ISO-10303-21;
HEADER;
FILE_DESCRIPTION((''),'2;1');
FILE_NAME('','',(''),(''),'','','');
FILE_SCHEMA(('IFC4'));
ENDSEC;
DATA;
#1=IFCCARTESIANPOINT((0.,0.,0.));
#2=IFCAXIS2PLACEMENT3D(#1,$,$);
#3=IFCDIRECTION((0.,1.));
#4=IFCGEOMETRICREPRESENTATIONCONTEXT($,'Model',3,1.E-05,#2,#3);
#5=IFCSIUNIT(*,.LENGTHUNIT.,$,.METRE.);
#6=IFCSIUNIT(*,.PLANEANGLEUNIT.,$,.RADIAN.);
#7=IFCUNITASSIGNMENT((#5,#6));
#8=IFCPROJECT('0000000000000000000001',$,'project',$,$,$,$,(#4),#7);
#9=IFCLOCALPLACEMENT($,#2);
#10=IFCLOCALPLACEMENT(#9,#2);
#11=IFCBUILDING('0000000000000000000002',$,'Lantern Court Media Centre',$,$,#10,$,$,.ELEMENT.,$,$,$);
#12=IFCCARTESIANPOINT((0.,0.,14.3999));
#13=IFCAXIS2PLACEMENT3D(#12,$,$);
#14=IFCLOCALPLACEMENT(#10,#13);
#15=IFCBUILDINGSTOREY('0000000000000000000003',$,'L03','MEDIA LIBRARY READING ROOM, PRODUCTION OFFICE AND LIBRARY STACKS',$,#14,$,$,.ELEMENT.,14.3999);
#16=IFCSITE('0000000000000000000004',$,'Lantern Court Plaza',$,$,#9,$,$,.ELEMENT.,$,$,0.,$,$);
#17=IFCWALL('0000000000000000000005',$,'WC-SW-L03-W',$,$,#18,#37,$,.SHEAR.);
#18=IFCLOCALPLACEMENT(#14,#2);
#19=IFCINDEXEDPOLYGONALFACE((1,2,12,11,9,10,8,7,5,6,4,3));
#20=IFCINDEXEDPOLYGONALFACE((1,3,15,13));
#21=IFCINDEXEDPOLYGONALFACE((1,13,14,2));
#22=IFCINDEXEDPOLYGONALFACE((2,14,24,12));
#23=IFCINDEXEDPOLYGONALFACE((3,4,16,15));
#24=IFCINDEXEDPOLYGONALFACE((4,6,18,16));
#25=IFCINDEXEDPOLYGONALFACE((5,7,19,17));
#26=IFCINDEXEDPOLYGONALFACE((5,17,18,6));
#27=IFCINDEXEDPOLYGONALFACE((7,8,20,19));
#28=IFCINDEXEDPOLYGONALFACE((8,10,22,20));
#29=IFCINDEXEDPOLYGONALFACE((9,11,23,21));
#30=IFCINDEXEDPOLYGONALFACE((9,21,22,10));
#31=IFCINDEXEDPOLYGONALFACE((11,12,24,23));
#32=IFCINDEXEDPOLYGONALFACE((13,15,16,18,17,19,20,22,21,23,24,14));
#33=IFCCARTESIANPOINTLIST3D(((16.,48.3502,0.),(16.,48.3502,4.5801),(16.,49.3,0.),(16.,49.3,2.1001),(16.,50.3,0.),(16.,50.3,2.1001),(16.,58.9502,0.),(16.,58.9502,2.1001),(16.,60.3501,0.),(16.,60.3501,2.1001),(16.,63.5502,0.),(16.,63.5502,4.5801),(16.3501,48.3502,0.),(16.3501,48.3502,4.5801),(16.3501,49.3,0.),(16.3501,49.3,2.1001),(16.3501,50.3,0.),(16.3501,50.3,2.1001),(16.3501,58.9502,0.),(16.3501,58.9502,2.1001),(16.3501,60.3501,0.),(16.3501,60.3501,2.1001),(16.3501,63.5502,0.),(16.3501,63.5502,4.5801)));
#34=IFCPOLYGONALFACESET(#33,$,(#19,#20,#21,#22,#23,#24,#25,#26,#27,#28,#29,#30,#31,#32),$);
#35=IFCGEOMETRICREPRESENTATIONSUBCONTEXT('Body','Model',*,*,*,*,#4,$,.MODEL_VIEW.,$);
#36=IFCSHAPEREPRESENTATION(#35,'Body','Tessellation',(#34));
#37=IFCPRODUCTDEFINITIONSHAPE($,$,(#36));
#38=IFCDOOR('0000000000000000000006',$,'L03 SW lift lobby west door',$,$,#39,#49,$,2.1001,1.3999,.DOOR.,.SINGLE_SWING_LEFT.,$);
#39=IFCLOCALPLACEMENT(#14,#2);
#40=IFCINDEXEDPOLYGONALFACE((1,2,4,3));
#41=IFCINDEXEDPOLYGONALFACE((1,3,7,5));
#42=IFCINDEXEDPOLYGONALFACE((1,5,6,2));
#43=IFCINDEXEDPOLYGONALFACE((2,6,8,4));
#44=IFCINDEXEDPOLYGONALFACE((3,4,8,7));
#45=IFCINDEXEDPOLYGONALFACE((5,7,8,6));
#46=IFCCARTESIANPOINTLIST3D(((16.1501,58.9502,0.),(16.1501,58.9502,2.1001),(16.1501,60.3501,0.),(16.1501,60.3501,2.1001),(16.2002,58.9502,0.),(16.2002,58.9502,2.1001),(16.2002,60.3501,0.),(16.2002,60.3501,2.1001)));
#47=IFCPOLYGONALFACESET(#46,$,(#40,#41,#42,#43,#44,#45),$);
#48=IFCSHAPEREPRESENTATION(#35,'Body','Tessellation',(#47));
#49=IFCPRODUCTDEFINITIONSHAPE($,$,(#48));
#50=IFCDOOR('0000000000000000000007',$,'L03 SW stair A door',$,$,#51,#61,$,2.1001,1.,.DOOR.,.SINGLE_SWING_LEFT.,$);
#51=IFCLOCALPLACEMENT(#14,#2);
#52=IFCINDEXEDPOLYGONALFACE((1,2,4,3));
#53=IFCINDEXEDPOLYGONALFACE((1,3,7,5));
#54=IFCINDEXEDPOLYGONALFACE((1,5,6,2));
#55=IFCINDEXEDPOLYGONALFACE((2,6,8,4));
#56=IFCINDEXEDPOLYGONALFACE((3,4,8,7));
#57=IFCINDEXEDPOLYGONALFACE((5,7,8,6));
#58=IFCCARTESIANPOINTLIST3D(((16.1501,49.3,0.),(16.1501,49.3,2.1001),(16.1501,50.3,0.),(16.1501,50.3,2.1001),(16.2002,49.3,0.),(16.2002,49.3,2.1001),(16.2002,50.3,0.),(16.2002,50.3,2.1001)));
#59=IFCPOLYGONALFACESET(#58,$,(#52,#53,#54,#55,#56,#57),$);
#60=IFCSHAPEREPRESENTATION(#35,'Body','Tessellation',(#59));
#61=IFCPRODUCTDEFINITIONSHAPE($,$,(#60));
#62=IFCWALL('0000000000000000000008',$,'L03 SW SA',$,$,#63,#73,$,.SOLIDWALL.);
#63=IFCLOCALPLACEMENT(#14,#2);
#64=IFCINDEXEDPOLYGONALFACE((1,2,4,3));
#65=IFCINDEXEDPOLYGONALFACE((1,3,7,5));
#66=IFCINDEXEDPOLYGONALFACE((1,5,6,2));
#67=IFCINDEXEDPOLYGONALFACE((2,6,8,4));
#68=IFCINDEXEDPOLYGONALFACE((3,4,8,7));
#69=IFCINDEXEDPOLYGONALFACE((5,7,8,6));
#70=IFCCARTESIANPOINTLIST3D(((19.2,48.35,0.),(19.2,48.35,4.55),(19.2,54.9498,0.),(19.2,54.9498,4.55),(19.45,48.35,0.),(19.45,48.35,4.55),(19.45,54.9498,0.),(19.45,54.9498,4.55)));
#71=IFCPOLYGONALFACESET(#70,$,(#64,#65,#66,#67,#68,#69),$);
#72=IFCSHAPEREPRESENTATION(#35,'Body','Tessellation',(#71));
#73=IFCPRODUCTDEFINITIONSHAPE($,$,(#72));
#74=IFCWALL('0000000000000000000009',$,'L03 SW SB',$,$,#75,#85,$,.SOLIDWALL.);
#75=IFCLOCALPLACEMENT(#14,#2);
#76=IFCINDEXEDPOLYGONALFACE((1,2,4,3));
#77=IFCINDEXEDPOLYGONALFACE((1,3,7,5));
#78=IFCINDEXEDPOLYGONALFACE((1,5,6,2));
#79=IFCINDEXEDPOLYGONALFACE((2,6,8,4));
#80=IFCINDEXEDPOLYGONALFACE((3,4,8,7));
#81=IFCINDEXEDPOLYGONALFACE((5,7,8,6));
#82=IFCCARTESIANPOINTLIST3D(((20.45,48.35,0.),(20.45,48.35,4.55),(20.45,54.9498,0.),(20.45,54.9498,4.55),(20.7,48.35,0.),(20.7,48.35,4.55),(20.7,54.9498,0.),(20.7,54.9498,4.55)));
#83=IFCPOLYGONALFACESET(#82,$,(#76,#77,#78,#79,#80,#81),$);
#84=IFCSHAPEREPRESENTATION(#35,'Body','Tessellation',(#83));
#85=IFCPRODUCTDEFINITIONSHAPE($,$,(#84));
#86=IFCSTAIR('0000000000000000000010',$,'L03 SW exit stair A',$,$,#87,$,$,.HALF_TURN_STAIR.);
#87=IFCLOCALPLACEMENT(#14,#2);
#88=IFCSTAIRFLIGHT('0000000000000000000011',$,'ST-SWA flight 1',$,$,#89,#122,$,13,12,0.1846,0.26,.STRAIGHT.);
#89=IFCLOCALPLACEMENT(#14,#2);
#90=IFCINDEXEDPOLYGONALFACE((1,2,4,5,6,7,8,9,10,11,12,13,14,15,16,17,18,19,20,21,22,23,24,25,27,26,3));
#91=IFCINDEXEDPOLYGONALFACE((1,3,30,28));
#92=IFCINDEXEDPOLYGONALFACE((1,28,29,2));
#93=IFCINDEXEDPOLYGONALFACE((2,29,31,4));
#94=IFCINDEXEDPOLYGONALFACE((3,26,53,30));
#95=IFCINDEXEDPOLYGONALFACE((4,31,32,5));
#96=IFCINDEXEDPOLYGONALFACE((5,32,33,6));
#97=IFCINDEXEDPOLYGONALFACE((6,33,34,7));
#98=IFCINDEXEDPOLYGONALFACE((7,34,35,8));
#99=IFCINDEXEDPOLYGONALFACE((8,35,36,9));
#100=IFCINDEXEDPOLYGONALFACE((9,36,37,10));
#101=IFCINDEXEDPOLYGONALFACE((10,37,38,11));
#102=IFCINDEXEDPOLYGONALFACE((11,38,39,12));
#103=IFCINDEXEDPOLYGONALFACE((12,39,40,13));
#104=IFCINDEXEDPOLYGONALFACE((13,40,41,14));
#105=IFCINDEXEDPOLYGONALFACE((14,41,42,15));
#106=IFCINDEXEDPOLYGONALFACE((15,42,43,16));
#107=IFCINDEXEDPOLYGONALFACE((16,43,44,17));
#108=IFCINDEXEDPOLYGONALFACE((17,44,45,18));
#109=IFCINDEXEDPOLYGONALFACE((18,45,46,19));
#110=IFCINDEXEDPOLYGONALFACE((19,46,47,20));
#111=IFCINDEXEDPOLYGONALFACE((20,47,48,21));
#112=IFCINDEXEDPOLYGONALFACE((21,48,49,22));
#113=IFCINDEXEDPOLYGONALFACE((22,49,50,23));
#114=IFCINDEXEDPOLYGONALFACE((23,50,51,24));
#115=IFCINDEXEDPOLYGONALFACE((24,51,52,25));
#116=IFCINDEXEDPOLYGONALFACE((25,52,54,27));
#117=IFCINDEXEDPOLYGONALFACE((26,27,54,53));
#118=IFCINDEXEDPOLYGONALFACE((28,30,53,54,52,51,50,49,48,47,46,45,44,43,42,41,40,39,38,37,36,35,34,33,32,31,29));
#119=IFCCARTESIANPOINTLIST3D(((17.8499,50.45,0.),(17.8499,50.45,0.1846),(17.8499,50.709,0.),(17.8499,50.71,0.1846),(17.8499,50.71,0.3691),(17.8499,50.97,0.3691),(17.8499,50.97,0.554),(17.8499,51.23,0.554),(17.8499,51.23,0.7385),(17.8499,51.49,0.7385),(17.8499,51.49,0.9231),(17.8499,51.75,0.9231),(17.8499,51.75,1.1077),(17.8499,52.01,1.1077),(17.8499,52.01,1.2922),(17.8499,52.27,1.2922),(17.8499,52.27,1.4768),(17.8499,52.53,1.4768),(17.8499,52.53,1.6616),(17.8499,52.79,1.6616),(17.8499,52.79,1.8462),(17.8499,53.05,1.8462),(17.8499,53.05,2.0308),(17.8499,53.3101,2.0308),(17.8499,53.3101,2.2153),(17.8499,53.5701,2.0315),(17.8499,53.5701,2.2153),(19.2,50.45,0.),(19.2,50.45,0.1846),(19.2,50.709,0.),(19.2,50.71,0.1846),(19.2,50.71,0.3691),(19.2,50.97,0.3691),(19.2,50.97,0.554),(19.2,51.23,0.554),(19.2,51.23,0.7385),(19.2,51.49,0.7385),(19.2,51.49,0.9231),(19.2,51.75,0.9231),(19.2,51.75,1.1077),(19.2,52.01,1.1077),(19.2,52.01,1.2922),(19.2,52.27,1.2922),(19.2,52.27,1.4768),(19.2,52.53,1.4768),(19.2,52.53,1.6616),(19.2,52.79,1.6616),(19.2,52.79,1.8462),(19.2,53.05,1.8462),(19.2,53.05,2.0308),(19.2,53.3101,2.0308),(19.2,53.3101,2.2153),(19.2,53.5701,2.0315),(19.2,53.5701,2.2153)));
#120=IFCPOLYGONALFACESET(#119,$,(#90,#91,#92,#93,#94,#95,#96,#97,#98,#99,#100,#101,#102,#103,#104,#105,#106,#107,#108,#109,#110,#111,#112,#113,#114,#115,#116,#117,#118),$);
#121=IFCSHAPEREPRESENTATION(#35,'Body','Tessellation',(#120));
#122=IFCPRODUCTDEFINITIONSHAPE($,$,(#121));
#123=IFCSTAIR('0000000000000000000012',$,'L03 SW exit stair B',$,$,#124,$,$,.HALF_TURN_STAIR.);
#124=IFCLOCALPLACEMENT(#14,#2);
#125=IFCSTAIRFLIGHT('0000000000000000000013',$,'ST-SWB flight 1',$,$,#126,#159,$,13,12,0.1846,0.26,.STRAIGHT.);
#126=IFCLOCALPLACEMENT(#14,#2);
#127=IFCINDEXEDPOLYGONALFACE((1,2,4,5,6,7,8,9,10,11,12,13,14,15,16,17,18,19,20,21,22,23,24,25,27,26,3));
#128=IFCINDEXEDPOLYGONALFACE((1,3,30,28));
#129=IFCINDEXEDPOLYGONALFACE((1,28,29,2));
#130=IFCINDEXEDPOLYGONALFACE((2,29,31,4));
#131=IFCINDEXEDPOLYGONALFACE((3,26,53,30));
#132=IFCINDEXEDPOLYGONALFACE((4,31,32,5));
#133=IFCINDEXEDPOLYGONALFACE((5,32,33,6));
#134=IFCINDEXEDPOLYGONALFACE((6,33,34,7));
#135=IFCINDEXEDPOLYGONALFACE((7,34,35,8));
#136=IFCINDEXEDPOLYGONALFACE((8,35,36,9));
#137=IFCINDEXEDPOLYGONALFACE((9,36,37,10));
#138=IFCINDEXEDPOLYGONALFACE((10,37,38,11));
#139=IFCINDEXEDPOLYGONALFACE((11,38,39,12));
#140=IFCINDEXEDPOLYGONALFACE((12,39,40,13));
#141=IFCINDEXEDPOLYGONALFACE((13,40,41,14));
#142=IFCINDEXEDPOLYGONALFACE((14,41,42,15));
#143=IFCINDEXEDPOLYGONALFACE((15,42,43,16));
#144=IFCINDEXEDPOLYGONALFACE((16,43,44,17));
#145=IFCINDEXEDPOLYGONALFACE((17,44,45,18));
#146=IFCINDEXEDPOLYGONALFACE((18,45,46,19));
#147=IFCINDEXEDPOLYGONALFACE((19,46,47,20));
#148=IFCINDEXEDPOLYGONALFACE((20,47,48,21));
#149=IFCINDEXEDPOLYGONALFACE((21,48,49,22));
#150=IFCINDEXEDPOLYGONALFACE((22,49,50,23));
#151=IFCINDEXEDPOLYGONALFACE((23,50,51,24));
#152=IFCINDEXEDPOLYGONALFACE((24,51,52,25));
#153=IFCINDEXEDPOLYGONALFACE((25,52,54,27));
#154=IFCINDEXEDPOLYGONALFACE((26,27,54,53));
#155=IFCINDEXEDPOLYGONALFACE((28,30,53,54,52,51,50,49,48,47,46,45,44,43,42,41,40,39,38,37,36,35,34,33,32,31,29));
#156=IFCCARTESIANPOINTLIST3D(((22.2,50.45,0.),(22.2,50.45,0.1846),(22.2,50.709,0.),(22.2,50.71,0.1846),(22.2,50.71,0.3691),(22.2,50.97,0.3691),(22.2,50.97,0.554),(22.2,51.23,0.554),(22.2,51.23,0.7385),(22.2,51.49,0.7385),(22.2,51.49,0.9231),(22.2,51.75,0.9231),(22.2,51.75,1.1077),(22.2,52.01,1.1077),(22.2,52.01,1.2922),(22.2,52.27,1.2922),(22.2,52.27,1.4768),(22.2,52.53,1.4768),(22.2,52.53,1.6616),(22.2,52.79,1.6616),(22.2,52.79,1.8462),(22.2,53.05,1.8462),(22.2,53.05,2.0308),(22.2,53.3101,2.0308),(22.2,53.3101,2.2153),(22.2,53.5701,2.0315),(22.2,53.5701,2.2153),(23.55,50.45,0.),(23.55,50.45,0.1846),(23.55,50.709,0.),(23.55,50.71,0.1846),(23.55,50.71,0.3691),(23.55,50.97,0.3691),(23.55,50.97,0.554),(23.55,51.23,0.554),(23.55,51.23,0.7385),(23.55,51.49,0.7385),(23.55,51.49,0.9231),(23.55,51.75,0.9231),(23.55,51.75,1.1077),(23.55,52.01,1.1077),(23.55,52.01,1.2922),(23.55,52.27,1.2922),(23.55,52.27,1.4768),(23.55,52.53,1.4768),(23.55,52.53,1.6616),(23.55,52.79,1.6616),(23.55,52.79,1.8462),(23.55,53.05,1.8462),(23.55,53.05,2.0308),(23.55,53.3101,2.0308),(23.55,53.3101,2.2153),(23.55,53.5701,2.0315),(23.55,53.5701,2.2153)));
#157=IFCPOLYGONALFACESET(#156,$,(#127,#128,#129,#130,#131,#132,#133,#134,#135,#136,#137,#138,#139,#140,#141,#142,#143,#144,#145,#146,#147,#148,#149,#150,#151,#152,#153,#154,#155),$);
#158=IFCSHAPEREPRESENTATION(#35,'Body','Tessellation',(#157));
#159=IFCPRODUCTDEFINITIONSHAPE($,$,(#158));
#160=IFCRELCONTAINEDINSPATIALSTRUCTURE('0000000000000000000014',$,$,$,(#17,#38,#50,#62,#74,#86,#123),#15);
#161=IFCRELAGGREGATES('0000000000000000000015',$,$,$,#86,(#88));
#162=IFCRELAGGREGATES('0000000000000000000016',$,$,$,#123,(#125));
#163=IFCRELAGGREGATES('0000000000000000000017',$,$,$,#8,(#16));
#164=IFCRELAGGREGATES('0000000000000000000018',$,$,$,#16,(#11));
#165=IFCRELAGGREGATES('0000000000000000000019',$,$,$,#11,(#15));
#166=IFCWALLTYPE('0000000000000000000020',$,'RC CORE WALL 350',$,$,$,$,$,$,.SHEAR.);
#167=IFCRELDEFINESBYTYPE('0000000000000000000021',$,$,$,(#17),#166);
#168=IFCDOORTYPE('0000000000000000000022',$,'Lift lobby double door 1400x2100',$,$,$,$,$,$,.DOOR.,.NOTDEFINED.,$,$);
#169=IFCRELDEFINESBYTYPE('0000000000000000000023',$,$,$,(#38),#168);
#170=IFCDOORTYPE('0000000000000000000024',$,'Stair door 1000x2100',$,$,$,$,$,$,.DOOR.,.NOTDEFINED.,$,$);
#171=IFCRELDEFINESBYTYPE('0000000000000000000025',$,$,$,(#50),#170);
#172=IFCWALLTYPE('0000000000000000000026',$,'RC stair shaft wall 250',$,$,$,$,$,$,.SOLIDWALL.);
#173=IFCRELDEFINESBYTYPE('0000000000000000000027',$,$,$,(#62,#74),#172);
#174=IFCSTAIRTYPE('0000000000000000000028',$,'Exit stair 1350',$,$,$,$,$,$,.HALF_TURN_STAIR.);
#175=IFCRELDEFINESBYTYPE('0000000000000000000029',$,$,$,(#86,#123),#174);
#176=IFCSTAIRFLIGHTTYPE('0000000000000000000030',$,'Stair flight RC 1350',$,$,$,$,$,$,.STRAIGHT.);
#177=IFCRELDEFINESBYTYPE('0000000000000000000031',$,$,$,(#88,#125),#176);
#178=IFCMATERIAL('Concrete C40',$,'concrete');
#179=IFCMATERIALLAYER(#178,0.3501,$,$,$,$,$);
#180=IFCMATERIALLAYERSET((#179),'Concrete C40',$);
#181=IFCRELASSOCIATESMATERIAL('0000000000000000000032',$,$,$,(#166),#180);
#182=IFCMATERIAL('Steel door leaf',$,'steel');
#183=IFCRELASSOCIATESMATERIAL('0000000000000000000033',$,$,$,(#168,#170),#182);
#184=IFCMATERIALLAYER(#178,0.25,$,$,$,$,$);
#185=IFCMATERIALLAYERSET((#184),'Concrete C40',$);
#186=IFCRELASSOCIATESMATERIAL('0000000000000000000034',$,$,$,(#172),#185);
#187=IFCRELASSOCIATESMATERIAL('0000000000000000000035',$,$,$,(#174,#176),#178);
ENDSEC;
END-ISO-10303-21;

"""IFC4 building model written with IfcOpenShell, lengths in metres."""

from ifc_helpers import new_model, si_unit, direction, frame, frame_2d, origin, place, context, subcontext, project, spatial, polyline, rectangle, outline, extrude, material, layer, layer_set, type_object, element, fill, aggregate, save


model = new_model("IFC4")

# Units and contexts
model_context = context("Model", 3, precision=1e-05, world=origin(), true_north=direction((0.0, 1.0)))
body_context = subcontext(model_context, "Body", "Model", "MODEL_VIEW")
ifc_project = project(units=[si_unit("LENGTHUNIT", "METRE"), si_unit("PLANEANGLEUNIT", "RADIAN")], contexts=[model_context])

# Site, building, storey
site_placement = place(None, origin())
site = spatial("IfcSite", under=ifc_project, at=site_placement, Name="Lantern Court Plaza", CompositionType="ELEMENT", RefElevation=0.0)
building_placement = place(site_placement, origin())
building = spatial("IfcBuilding", under=site, at=building_placement, Name="Lantern Court Media Centre", CompositionType="ELEMENT")
storey_placement = place(building_placement, frame((0.0, 0.0, 14.3999)))
storey = spatial("IfcBuildingStorey", under=building, at=storey_placement, Name="L03", Description="MEDIA LIBRARY READING ROOM, PRODUCTION OFFICE AND LIBRARY STACKS", CompositionType="ELEMENT", Elevation=14.3999)

# Wall, openings, doors
ifc_material_1 = material(Name="Concrete C40", Category="concrete")
ifc_layer_1 = layer(ifc_material_1, 0.3501)
ifc_layer_set_1 = layer_set([ifc_layer_1], Name="Concrete C40")
wall_type_1 = type_object("IfcWallType", Name="RC CORE WALL 350", PredefinedType="SHEAR", material=ifc_layer_set_1)
wall_placement = place(storey_placement, frame((16.175, 48.3501, 0.0), z_axis=(0.0, 0.0, 1.0), x_axis=(0.0, 1.0, 0.0)))
wall = element("IfcWall", 1, at=wall_placement, inside=storey, type_object=wall_type_1, Name="WC-SW-L03-W", PredefinedType="SHEAR", context=body_context, shape_type="SweptSolid", body=[
    extrude(rectangle(XDim=15.2, YDim=0.3501, at=frame_2d((7.6001, 0.0))), origin(), (0.0, 0.0, 1.0), 4.5801),
])
opening_1_placement = place(wall_placement, frame((0.95, 0.0, 0.0)))
opening_1 = element("IfcOpeningElement", 2, at=opening_1_placement, cuts=wall, PredefinedType="OPENING", context=body_context, shape_type="SweptSolid", body=[
    extrude(rectangle(XDim=1.0, YDim=2.1001, at=frame_2d((0.5, 1.05))), frame((0.0, 0.1851, 0.0), z_axis=(0.0, -1.0, 0.0), x_axis=(1.0, 0.0, 0.0)), (0.0, 0.0, 1.0), 0.3701),
])
opening_2_placement = place(wall_placement, frame((10.6001, 0.0, 0.0)))
opening_2 = element("IfcOpeningElement", 3, at=opening_2_placement, cuts=wall, PredefinedType="OPENING", context=body_context, shape_type="SweptSolid", body=[
    extrude(rectangle(XDim=1.3999, YDim=2.1001, at=frame_2d((0.7, 1.05))), frame((0.0, 0.1851, 0.0), z_axis=(0.0, -1.0, 0.0), x_axis=(1.0, 0.0, 0.0)), (0.0, 0.0, 1.0), 0.3701),
])
ifc_material_2 = material(Name="Steel door leaf", Category="steel")
door_type_1 = type_object("IfcDoorType", Name="Lift lobby double door 1400x2100", OperationType="NOTDEFINED", PredefinedType="DOOR", material=ifc_material_2)
door_1_placement = place(opening_2_placement, origin())
door_1 = element("IfcDoor", 4, at=door_1_placement, inside=storey, type_object=door_type_1, Name="L03 SW lift lobby west door", OperationType="SINGLE_SWING_LEFT", OverallHeight=2.1001, OverallWidth=1.3999, PredefinedType="DOOR", context=body_context, shape_type="SweptSolid", body=[
    extrude(rectangle(XDim=1.3999, YDim=2.1001, at=frame_2d((0.7, 1.05))), frame((0.0, 0.0249, 0.0), z_axis=(0.0, -1.0, 0.0), x_axis=(1.0, 0.0, 0.0)), (0.0, 0.0, 1.0), 0.05),
])
fill(opening_2, door_1)
door_type_2 = type_object("IfcDoorType", Name="Stair door 1000x2100", OperationType="NOTDEFINED", PredefinedType="DOOR", material=ifc_material_2)
door_2_placement = place(opening_1_placement, origin())
door_2 = element("IfcDoor", 5, at=door_2_placement, inside=storey, type_object=door_type_2, Name="L03 SW stair A door", OperationType="SINGLE_SWING_LEFT", OverallHeight=2.1001, OverallWidth=1.0, PredefinedType="DOOR", context=body_context, shape_type="SweptSolid", body=[
    extrude(rectangle(XDim=1.0, YDim=2.1001, at=frame_2d((0.5, 1.05))), frame((0.0, 0.0249, 0.0), z_axis=(0.0, -1.0, 0.0), x_axis=(1.0, 0.0, 0.0)), (0.0, 0.0, 1.0), 0.05),
])
fill(opening_1, door_2)

# Walls
ifc_layer_2 = layer(ifc_material_1, 0.25)
ifc_layer_set_2 = layer_set([ifc_layer_2], Name="Concrete C40")
wall_type_2 = type_object("IfcWallType", Name="RC stair shaft wall 250", PredefinedType="SOLIDWALL", material=ifc_layer_set_2)
for number, where, z_axis, x_axis, name in (
    (6, (19.325, 48.3501, 0.0), (0.0, 0.0, 1.0), (0.0, 1.0, 0.0), "L03 SW SA"),
    (7, (20.575, 48.3501, 0.0), (0.0, 0.0, 1.0), (0.0, 1.0, 0.0), "L03 SW SB"),
):
    element("IfcWall", number, at=place(storey_placement, frame(where, z_axis=z_axis, x_axis=x_axis)), inside=storey, type_object=wall_type_2, Name=name, PredefinedType="SOLIDWALL", context=body_context, shape_type="SweptSolid", body=[
        extrude(rectangle(XDim=6.5999, YDim=0.25, at=frame_2d((3.2998, 0.0))), origin(), (0.0, 0.0, 1.0), 4.55),
    ])

# Stairs, stair flights
stair_type = type_object("IfcStairType", Name="Exit stair 1350", PredefinedType="HALF_TURN_STAIR", material=ifc_material_1)
stair_1_placement = place(storey_placement, origin())
stair_1 = element("IfcStair", 8, at=stair_1_placement, inside=storey, type_object=stair_type, Name="L03 SW exit stair A", PredefinedType="HALF_TURN_STAIR")
stair_flight_type = type_object("IfcStairFlightType", Name="Stair flight RC 1350", PredefinedType="STRAIGHT", material=ifc_material_1)
stair_flight_1_placement = place(storey_placement, frame((18.5249, 50.45, 0.0), z_axis=(0.0, 0.0, 1.0), x_axis=(0.0, 1.0, 0.0)))
stair_flight_1 = element("IfcStairFlight", 9, at=stair_flight_1_placement, type_object=stair_flight_type, Name="ST-SWA flight 1", NumberOfRisers=13, NumberOfTreads=12, PredefinedType="STRAIGHT", RiserHeight=0.1846, TreadLength=0.26, context=body_context, shape_type="SweptSolid", body=[
    extrude(outline(polyline([(0.0, 0.0), (0.0, 0.1846), (0.26, 0.1846), (0.26, 0.3691), (0.52, 0.3691), (0.52, 0.554), (0.78, 0.554), (0.78, 0.7385), (1.04, 0.7385), (1.04, 0.9231), (1.3, 0.9231), (1.3, 1.1077), (1.5601, 1.1077), (1.5601, 1.2922), (1.8201, 1.2922), (1.8201, 1.4768), (2.0801, 1.4768), (2.0801, 1.6616), (2.3401, 1.6616), (2.3401, 1.8462), (2.6001, 1.8462), (2.6001, 2.0308), (2.8601, 2.0308), (2.8601, 2.2153), (3.1201, 2.2153), (3.1201, 2.3999), (3.1201, 2.0315), (0.259, 0.0), (0.0, 0.0)])), frame((0.0, 0.675, 0.0), z_axis=(0.0, -1.0, 0.0), x_axis=(1.0, 0.0, 0.0)), (0.0, 0.0, 1.0), 1.3501),
])
aggregate(stair_1, [stair_flight_1])
stair_2_placement = place(storey_placement, origin())
stair_2 = element("IfcStair", 10, at=stair_2_placement, inside=storey, type_object=stair_type, Name="L03 SW exit stair B", PredefinedType="HALF_TURN_STAIR")
stair_flight_2_placement = place(storey_placement, frame((22.875, 50.45, 0.0), z_axis=(0.0, 0.0, 1.0), x_axis=(0.0, 1.0, 0.0)))
stair_flight_2 = element("IfcStairFlight", 11, at=stair_flight_2_placement, type_object=stair_flight_type, Name="ST-SWB flight 1", NumberOfRisers=13, NumberOfTreads=12, PredefinedType="STRAIGHT", RiserHeight=0.1846, TreadLength=0.26, context=body_context, shape_type="SweptSolid", body=[
    extrude(outline(polyline([(0.0, 0.0), (0.0, 0.1846), (0.26, 0.1846), (0.26, 0.3691), (0.52, 0.3691), (0.52, 0.554), (0.78, 0.554), (0.78, 0.7385), (1.04, 0.7385), (1.04, 0.9231), (1.3, 0.9231), (1.3, 1.1077), (1.5601, 1.1077), (1.5601, 1.2922), (1.8201, 1.2922), (1.8201, 1.4768), (2.0801, 1.4768), (2.0801, 1.6616), (2.3401, 1.6616), (2.3401, 1.8462), (2.6001, 1.8462), (2.6001, 2.0308), (2.8601, 2.0308), (2.8601, 2.2153), (3.1201, 2.2153), (3.1201, 2.3999), (3.1201, 2.0315), (0.259, 0.0), (0.0, 0.0)])), frame((0.0, 0.675, 0.0), z_axis=(0.0, -1.0, 0.0), x_axis=(1.0, 0.0, 0.0)), (0.0, 0.0, 1.0), 1.3501),
])
aggregate(stair_2, [stair_flight_2])

save(model, "model.ifc")
